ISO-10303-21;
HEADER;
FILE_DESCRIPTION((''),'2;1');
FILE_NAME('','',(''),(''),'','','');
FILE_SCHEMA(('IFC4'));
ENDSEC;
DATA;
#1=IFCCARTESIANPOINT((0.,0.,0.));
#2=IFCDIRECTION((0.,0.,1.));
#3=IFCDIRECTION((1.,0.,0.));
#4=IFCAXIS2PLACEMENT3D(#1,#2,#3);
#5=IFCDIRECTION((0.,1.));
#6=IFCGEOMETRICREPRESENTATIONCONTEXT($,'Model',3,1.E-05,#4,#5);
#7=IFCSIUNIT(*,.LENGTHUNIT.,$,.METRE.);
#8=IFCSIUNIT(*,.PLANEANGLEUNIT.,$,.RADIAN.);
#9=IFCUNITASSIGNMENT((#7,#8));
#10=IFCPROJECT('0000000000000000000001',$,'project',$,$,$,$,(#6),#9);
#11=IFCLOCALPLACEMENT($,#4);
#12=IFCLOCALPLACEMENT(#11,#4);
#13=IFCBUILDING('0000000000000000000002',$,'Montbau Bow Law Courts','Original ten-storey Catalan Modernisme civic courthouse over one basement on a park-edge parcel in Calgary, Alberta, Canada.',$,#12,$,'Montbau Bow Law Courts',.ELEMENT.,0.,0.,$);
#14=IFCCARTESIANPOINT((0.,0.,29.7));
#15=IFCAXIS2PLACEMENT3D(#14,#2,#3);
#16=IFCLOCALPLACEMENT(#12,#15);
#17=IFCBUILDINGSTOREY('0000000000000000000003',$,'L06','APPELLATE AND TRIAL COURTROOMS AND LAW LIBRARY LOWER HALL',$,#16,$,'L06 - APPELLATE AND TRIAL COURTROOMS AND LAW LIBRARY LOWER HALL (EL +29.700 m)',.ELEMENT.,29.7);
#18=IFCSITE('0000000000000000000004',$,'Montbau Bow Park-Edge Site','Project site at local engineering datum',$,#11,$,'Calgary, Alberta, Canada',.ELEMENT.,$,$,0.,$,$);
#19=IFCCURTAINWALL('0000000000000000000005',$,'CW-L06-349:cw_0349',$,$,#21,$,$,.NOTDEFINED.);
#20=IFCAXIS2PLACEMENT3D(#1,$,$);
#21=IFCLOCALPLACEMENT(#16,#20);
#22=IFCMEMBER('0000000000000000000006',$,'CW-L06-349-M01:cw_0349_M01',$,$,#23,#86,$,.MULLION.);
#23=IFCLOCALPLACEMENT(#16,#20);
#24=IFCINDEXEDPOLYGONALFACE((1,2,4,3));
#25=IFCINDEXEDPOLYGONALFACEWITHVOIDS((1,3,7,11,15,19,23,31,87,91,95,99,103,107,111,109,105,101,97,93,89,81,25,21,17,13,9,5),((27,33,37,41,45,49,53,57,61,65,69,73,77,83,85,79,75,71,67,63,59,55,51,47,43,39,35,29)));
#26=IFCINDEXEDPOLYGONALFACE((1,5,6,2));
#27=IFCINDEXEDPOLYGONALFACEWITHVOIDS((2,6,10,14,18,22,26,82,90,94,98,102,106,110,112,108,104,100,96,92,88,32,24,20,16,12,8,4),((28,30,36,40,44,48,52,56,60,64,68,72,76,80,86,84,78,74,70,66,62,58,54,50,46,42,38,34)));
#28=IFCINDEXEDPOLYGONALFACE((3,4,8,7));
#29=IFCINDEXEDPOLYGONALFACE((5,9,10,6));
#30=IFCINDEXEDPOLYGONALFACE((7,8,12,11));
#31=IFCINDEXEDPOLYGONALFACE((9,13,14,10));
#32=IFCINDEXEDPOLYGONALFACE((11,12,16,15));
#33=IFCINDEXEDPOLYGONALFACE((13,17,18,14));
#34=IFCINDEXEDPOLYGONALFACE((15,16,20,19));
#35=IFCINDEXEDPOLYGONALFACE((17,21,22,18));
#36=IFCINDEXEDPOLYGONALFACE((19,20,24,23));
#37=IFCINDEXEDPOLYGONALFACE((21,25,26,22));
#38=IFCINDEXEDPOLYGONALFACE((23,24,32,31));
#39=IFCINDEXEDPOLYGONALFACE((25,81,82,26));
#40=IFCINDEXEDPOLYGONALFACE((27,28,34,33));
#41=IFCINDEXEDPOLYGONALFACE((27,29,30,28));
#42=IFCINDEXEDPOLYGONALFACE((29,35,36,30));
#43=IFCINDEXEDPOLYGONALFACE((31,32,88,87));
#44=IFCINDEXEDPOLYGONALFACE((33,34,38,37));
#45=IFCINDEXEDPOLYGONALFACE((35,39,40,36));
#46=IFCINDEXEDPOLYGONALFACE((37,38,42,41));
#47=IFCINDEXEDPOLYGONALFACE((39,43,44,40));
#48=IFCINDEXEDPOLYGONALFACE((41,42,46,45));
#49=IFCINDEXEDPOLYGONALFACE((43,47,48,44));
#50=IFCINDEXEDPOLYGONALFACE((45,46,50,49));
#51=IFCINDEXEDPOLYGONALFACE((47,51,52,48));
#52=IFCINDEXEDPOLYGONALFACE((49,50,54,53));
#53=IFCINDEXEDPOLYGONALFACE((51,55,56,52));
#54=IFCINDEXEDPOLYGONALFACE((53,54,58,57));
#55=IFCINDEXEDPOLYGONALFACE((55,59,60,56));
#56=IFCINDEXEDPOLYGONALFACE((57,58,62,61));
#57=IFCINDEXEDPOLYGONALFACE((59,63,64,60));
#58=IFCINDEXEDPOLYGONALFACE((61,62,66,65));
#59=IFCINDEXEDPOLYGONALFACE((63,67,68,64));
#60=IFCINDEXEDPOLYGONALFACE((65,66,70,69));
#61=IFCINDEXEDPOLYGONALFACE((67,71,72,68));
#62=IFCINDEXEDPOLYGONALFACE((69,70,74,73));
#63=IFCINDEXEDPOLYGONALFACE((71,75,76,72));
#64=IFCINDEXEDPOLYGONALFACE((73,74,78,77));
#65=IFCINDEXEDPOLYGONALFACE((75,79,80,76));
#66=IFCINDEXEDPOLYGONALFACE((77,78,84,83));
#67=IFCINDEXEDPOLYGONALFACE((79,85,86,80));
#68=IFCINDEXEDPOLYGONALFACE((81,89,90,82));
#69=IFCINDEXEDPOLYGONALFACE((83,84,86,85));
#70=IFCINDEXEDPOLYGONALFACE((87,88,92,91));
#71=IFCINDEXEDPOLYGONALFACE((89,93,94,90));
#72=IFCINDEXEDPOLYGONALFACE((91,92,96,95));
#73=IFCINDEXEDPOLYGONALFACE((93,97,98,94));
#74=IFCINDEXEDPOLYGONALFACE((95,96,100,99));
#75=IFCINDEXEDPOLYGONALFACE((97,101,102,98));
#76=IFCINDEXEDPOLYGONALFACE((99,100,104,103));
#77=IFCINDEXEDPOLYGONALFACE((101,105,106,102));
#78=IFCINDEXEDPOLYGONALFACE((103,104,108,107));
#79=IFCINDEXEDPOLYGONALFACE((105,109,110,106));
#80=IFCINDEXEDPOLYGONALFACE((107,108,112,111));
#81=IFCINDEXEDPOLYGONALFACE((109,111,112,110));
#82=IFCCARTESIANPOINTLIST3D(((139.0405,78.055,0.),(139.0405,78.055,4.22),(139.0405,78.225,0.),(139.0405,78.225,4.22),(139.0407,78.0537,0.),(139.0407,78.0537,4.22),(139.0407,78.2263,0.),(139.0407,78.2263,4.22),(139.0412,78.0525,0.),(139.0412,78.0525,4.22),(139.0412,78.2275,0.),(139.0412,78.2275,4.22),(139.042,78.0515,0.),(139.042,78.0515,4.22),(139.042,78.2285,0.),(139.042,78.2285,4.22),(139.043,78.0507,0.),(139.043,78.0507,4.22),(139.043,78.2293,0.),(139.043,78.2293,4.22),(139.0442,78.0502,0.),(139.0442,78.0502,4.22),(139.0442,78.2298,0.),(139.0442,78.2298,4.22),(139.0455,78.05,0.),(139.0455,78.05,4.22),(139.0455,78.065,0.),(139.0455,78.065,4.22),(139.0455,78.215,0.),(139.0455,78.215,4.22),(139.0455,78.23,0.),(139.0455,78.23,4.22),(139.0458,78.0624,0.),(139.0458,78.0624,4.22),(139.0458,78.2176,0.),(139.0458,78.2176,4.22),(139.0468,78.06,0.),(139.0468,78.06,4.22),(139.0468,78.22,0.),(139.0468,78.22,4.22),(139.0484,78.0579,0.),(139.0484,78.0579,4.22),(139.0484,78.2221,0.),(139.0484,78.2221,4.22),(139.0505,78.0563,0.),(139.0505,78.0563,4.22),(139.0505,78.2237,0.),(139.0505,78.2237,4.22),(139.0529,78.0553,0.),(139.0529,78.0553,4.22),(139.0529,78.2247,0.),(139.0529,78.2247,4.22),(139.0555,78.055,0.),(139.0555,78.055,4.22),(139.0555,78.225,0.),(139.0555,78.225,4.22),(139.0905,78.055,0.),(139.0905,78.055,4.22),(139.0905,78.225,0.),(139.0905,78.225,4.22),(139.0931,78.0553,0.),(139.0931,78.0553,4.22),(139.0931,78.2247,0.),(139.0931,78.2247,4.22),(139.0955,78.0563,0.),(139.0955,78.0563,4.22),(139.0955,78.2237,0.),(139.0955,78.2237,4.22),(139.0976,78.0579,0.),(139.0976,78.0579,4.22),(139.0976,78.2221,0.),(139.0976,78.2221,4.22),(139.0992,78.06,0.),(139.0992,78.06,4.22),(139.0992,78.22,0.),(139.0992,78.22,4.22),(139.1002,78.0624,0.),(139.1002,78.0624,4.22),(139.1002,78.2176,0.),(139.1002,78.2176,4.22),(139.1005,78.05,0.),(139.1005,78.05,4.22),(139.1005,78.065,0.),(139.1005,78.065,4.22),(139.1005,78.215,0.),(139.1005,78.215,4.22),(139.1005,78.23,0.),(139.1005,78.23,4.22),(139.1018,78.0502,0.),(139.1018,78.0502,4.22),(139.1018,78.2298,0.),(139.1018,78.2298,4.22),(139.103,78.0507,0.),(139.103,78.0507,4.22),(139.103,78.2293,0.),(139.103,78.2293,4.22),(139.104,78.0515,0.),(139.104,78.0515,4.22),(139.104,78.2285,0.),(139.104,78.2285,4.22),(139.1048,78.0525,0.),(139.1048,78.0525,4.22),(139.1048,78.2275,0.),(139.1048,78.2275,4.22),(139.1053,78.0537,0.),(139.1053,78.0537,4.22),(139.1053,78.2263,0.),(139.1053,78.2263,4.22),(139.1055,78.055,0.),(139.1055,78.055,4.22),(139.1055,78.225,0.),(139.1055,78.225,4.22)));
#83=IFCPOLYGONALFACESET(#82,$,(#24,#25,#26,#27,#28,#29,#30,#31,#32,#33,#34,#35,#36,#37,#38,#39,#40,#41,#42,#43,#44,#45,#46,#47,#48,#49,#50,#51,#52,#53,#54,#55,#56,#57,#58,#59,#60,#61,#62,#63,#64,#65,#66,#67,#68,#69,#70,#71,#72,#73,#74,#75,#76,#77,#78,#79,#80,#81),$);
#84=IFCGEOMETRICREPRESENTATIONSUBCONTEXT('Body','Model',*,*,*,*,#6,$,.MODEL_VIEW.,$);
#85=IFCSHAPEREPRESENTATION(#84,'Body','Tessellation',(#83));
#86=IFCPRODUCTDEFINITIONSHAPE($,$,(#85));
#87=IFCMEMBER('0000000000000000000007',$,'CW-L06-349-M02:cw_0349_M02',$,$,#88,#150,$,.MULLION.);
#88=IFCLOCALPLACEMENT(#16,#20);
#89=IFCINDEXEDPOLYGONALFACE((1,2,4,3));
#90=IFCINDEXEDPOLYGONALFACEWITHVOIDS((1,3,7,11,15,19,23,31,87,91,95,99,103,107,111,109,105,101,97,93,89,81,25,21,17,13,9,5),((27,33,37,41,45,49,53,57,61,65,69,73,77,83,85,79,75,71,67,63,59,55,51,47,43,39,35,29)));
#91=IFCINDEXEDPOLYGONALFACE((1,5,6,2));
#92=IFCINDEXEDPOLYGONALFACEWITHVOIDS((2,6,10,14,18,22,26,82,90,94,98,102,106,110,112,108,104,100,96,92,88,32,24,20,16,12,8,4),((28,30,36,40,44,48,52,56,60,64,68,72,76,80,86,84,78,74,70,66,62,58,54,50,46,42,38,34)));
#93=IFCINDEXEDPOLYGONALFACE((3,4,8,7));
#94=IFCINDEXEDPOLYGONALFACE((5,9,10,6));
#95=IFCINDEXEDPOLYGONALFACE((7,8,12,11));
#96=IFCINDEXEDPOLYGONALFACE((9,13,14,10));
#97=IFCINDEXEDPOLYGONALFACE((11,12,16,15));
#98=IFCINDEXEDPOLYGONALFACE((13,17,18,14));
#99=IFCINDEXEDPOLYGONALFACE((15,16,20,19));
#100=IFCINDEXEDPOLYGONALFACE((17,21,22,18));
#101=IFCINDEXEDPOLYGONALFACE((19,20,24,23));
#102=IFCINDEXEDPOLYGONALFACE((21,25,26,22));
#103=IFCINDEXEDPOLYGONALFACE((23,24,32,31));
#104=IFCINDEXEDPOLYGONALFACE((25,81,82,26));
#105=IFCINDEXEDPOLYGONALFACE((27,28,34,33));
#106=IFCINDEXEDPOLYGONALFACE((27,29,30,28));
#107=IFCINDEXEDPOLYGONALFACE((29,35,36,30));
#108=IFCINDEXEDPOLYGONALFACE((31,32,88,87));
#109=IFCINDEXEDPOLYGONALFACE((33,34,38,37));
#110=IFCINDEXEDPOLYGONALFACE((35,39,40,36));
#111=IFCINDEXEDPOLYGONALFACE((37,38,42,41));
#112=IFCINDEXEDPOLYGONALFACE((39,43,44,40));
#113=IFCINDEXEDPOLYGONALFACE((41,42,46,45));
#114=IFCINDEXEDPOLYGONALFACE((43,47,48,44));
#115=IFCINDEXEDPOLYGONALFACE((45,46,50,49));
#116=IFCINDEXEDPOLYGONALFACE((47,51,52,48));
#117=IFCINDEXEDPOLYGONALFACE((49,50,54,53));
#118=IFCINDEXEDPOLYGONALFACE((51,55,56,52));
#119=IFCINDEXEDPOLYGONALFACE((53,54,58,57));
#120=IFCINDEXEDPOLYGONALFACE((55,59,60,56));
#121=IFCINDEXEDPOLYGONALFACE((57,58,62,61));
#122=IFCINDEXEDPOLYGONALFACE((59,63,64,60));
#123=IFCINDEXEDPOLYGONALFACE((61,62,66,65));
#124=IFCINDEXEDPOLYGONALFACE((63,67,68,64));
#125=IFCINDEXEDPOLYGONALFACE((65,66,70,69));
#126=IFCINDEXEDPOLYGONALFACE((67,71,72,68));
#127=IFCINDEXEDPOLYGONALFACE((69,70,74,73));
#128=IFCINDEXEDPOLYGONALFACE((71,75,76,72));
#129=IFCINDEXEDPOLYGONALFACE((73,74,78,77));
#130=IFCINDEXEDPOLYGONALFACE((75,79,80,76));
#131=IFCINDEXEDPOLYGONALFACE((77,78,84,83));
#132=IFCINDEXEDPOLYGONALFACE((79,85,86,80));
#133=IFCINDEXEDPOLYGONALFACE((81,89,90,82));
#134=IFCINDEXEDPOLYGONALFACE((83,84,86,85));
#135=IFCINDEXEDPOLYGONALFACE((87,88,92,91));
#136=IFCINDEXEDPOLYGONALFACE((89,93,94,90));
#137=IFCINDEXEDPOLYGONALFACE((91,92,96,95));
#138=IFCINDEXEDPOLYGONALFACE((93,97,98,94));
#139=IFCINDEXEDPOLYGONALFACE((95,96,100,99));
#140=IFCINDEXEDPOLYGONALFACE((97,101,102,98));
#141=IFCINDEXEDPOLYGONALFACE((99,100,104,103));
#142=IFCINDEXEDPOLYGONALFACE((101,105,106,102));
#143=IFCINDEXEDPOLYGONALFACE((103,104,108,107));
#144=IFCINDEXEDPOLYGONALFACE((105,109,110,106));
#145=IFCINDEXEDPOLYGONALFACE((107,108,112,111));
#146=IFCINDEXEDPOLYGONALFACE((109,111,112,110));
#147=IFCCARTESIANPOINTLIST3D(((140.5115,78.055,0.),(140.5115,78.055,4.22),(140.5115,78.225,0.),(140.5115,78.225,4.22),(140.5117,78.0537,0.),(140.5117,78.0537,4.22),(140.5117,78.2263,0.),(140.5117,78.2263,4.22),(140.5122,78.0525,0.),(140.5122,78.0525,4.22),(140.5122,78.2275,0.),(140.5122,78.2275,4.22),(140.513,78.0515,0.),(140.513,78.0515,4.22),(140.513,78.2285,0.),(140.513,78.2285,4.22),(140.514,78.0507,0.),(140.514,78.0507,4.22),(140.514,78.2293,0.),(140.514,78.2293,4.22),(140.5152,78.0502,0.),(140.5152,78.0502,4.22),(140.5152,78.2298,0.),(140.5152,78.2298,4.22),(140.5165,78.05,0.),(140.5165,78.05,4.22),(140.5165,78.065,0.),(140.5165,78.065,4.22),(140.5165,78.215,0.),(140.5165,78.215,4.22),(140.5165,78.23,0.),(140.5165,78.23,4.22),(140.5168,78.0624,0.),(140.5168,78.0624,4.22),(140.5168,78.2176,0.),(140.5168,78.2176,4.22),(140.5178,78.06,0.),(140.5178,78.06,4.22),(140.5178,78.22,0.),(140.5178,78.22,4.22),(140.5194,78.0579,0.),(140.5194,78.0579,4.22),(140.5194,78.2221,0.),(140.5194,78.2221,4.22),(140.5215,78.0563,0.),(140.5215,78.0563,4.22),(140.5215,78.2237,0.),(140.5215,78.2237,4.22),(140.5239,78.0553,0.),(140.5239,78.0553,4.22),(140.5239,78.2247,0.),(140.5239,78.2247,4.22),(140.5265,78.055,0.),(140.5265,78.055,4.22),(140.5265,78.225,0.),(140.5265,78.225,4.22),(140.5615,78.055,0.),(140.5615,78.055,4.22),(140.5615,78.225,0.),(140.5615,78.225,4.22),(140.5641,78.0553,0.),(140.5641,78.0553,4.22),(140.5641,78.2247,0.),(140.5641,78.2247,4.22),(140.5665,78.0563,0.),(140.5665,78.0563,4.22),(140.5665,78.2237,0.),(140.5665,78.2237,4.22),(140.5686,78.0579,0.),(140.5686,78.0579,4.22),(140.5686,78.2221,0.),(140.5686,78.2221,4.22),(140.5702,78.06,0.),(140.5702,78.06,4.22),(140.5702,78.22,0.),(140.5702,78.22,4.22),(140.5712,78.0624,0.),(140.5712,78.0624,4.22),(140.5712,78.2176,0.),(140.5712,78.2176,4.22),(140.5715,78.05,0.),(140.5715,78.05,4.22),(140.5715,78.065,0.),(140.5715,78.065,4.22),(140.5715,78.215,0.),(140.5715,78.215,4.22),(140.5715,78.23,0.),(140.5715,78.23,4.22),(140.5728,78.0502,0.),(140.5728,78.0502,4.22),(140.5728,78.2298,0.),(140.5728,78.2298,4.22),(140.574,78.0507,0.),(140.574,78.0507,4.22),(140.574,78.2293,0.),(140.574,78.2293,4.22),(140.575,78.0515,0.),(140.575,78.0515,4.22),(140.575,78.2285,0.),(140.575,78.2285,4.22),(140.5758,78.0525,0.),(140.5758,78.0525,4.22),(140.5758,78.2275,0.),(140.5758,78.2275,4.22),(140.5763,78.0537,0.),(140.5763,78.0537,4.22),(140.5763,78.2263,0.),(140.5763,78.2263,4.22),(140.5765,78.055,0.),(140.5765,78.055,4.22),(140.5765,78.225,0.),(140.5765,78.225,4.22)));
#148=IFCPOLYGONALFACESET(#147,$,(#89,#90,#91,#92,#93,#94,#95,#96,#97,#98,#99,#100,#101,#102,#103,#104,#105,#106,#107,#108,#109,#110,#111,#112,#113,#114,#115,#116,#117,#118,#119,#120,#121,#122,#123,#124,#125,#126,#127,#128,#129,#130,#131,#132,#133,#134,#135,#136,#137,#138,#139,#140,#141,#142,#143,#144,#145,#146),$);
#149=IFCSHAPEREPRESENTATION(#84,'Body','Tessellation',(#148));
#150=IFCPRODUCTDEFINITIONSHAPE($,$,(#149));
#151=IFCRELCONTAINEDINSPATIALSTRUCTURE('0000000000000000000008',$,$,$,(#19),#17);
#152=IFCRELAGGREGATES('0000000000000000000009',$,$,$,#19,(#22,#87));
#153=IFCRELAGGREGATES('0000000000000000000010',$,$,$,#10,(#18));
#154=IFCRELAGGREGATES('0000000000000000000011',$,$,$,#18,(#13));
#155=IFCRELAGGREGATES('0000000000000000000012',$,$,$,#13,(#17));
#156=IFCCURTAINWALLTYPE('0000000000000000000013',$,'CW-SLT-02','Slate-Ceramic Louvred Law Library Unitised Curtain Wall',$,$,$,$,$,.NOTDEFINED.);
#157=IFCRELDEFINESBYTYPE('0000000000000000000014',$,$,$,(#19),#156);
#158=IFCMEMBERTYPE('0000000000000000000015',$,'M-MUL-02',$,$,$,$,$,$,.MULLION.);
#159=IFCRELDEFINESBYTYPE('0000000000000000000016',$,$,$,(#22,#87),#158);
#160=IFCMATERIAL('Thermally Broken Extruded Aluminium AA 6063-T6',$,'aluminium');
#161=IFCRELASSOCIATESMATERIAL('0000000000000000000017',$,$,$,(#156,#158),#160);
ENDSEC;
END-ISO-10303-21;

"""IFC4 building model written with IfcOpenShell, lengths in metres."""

from ifc_helpers import new_model, si_unit, direction, frame, origin_with_axes, origin_2d_with_axis, place, context, subcontext, project, spatial, hollow_rectangle, extrude, material, material_profile, profile_set, type_object, element, aggregate, save


model = new_model("IFC4")

# Units and contexts
model_context = context("Model", 3, precision=1e-05, world=origin_with_axes(), true_north=direction((0.0, 1.0)))
body_context = subcontext(model_context, "Body", "Model", "MODEL_VIEW")
ifc_project = project(units=[si_unit("LENGTHUNIT", "METRE"), si_unit("PLANEANGLEUNIT", "RADIAN")], contexts=[model_context])

# Site, building, storey
site_placement = place(None, origin_with_axes())
site = spatial("IfcSite", under=ifc_project, at=site_placement, Name="Montbau Bow Park-Edge Site", Description="Project site at local engineering datum", LongName="Calgary, Alberta, Canada", CompositionType="ELEMENT", RefElevation=0.0)
building_placement = place(site_placement, origin_with_axes())
building = spatial("IfcBuilding", under=site, at=building_placement, Name="Montbau Bow Law Courts", Description="Original ten-storey Catalan Modernisme civic courthouse over one basement on a park-edge parcel in Calgary, Alberta, Canada.", LongName="Montbau Bow Law Courts", CompositionType="ELEMENT", ElevationOfRefHeight=0.0, ElevationOfTerrain=0.0)
storey_placement = place(building_placement, frame((0.0, 0.0, 29.7), z_axis=(0.0, 0.0, 1.0), x_axis=(1.0, 0.0, 0.0)))
storey = spatial("IfcBuildingStorey", under=building, at=storey_placement, Name="L06", Description="APPELLATE AND TRIAL COURTROOMS AND LAW LIBRARY LOWER HALL", LongName="L06 - APPELLATE AND TRIAL COURTROOMS AND LAW LIBRARY LOWER HALL (EL +29.700 m)", CompositionType="ELEMENT", Elevation=29.7)

# Curtain wall, members
ifc_material_1 = material(Name="Thermally Broken Extruded Aluminium AA 6063-T6", Category="aluminium")
curtain_wall_type = type_object("IfcCurtainWallType", Name="CW-SLT-02", Description="Slate-Ceramic Louvred Law Library Unitised Curtain Wall", PredefinedType="NOTDEFINED", material=ifc_material_1)
curtain_wall_placement = place(None, frame((139.04, 78.14, 29.7), z_axis=(0.0, 0.0, 1.0), x_axis=(1.0, 0.0, 0.0)))
curtain_wall = element("IfcCurtainWall", 1, at=curtain_wall_placement, inside=storey, type_object=curtain_wall_type, Name="CW-L06-349:cw_0349", PredefinedType="NOTDEFINED")
ifc_material_profile_1 = material_profile(ifc_material_1, hollow_rectangle(XDim=0.065, YDim=0.18, WallThickness=0.005, InnerFilletRadius=0.01, OuterFilletRadius=0.005, at=origin_2d_with_axis()), Name="CWM-180X65", Category="Main", Priority=0)
ifc_profile_set_1 = profile_set([ifc_material_profile_1], Name="Thermally Broken Extruded Aluminium AA 6063-T6")
member_type_1 = type_object("IfcMemberType", Name="M-MUL-02", PredefinedType="MULLION", material=ifc_profile_set_1)
member_1_placement = place(None, frame((139.073, 78.14, 29.7), z_axis=(0.0, 0.0, 1.0), x_axis=(1.0, 0.0, 0.0)))
member_1 = element("IfcMember", 2, at=member_1_placement, type_object=member_type_1, Name="CW-L06-349-M01:cw_0349_M01", PredefinedType="MULLION", context=body_context, shape_type="SweptSolid", body=[
    extrude(hollow_rectangle(XDim=0.065, YDim=0.18, WallThickness=0.005, InnerFilletRadius=0.01, OuterFilletRadius=0.005, at=origin_2d_with_axis()), origin_with_axes(), (0.0, 0.0, 1.0), 4.22),
])
member_2_placement = place(None, frame((140.544, 78.14, 29.7), z_axis=(0.0, 0.0, 1.0), x_axis=(1.0, 0.0, 0.0)))
member_2 = element("IfcMember", 3, at=member_2_placement, type_object=member_type_1, Name="CW-L06-349-M02:cw_0349_M02", PredefinedType="MULLION", context=body_context, shape_type="SweptSolid", body=[
    extrude(hollow_rectangle(XDim=0.065, YDim=0.18, WallThickness=0.005, InnerFilletRadius=0.01, OuterFilletRadius=0.005, at=origin_2d_with_axis()), origin_with_axes(), (0.0, 0.0, 1.0), 4.22),
])
aggregate(curtain_wall, [member_1, member_2])

save(model, "model.ifc")
